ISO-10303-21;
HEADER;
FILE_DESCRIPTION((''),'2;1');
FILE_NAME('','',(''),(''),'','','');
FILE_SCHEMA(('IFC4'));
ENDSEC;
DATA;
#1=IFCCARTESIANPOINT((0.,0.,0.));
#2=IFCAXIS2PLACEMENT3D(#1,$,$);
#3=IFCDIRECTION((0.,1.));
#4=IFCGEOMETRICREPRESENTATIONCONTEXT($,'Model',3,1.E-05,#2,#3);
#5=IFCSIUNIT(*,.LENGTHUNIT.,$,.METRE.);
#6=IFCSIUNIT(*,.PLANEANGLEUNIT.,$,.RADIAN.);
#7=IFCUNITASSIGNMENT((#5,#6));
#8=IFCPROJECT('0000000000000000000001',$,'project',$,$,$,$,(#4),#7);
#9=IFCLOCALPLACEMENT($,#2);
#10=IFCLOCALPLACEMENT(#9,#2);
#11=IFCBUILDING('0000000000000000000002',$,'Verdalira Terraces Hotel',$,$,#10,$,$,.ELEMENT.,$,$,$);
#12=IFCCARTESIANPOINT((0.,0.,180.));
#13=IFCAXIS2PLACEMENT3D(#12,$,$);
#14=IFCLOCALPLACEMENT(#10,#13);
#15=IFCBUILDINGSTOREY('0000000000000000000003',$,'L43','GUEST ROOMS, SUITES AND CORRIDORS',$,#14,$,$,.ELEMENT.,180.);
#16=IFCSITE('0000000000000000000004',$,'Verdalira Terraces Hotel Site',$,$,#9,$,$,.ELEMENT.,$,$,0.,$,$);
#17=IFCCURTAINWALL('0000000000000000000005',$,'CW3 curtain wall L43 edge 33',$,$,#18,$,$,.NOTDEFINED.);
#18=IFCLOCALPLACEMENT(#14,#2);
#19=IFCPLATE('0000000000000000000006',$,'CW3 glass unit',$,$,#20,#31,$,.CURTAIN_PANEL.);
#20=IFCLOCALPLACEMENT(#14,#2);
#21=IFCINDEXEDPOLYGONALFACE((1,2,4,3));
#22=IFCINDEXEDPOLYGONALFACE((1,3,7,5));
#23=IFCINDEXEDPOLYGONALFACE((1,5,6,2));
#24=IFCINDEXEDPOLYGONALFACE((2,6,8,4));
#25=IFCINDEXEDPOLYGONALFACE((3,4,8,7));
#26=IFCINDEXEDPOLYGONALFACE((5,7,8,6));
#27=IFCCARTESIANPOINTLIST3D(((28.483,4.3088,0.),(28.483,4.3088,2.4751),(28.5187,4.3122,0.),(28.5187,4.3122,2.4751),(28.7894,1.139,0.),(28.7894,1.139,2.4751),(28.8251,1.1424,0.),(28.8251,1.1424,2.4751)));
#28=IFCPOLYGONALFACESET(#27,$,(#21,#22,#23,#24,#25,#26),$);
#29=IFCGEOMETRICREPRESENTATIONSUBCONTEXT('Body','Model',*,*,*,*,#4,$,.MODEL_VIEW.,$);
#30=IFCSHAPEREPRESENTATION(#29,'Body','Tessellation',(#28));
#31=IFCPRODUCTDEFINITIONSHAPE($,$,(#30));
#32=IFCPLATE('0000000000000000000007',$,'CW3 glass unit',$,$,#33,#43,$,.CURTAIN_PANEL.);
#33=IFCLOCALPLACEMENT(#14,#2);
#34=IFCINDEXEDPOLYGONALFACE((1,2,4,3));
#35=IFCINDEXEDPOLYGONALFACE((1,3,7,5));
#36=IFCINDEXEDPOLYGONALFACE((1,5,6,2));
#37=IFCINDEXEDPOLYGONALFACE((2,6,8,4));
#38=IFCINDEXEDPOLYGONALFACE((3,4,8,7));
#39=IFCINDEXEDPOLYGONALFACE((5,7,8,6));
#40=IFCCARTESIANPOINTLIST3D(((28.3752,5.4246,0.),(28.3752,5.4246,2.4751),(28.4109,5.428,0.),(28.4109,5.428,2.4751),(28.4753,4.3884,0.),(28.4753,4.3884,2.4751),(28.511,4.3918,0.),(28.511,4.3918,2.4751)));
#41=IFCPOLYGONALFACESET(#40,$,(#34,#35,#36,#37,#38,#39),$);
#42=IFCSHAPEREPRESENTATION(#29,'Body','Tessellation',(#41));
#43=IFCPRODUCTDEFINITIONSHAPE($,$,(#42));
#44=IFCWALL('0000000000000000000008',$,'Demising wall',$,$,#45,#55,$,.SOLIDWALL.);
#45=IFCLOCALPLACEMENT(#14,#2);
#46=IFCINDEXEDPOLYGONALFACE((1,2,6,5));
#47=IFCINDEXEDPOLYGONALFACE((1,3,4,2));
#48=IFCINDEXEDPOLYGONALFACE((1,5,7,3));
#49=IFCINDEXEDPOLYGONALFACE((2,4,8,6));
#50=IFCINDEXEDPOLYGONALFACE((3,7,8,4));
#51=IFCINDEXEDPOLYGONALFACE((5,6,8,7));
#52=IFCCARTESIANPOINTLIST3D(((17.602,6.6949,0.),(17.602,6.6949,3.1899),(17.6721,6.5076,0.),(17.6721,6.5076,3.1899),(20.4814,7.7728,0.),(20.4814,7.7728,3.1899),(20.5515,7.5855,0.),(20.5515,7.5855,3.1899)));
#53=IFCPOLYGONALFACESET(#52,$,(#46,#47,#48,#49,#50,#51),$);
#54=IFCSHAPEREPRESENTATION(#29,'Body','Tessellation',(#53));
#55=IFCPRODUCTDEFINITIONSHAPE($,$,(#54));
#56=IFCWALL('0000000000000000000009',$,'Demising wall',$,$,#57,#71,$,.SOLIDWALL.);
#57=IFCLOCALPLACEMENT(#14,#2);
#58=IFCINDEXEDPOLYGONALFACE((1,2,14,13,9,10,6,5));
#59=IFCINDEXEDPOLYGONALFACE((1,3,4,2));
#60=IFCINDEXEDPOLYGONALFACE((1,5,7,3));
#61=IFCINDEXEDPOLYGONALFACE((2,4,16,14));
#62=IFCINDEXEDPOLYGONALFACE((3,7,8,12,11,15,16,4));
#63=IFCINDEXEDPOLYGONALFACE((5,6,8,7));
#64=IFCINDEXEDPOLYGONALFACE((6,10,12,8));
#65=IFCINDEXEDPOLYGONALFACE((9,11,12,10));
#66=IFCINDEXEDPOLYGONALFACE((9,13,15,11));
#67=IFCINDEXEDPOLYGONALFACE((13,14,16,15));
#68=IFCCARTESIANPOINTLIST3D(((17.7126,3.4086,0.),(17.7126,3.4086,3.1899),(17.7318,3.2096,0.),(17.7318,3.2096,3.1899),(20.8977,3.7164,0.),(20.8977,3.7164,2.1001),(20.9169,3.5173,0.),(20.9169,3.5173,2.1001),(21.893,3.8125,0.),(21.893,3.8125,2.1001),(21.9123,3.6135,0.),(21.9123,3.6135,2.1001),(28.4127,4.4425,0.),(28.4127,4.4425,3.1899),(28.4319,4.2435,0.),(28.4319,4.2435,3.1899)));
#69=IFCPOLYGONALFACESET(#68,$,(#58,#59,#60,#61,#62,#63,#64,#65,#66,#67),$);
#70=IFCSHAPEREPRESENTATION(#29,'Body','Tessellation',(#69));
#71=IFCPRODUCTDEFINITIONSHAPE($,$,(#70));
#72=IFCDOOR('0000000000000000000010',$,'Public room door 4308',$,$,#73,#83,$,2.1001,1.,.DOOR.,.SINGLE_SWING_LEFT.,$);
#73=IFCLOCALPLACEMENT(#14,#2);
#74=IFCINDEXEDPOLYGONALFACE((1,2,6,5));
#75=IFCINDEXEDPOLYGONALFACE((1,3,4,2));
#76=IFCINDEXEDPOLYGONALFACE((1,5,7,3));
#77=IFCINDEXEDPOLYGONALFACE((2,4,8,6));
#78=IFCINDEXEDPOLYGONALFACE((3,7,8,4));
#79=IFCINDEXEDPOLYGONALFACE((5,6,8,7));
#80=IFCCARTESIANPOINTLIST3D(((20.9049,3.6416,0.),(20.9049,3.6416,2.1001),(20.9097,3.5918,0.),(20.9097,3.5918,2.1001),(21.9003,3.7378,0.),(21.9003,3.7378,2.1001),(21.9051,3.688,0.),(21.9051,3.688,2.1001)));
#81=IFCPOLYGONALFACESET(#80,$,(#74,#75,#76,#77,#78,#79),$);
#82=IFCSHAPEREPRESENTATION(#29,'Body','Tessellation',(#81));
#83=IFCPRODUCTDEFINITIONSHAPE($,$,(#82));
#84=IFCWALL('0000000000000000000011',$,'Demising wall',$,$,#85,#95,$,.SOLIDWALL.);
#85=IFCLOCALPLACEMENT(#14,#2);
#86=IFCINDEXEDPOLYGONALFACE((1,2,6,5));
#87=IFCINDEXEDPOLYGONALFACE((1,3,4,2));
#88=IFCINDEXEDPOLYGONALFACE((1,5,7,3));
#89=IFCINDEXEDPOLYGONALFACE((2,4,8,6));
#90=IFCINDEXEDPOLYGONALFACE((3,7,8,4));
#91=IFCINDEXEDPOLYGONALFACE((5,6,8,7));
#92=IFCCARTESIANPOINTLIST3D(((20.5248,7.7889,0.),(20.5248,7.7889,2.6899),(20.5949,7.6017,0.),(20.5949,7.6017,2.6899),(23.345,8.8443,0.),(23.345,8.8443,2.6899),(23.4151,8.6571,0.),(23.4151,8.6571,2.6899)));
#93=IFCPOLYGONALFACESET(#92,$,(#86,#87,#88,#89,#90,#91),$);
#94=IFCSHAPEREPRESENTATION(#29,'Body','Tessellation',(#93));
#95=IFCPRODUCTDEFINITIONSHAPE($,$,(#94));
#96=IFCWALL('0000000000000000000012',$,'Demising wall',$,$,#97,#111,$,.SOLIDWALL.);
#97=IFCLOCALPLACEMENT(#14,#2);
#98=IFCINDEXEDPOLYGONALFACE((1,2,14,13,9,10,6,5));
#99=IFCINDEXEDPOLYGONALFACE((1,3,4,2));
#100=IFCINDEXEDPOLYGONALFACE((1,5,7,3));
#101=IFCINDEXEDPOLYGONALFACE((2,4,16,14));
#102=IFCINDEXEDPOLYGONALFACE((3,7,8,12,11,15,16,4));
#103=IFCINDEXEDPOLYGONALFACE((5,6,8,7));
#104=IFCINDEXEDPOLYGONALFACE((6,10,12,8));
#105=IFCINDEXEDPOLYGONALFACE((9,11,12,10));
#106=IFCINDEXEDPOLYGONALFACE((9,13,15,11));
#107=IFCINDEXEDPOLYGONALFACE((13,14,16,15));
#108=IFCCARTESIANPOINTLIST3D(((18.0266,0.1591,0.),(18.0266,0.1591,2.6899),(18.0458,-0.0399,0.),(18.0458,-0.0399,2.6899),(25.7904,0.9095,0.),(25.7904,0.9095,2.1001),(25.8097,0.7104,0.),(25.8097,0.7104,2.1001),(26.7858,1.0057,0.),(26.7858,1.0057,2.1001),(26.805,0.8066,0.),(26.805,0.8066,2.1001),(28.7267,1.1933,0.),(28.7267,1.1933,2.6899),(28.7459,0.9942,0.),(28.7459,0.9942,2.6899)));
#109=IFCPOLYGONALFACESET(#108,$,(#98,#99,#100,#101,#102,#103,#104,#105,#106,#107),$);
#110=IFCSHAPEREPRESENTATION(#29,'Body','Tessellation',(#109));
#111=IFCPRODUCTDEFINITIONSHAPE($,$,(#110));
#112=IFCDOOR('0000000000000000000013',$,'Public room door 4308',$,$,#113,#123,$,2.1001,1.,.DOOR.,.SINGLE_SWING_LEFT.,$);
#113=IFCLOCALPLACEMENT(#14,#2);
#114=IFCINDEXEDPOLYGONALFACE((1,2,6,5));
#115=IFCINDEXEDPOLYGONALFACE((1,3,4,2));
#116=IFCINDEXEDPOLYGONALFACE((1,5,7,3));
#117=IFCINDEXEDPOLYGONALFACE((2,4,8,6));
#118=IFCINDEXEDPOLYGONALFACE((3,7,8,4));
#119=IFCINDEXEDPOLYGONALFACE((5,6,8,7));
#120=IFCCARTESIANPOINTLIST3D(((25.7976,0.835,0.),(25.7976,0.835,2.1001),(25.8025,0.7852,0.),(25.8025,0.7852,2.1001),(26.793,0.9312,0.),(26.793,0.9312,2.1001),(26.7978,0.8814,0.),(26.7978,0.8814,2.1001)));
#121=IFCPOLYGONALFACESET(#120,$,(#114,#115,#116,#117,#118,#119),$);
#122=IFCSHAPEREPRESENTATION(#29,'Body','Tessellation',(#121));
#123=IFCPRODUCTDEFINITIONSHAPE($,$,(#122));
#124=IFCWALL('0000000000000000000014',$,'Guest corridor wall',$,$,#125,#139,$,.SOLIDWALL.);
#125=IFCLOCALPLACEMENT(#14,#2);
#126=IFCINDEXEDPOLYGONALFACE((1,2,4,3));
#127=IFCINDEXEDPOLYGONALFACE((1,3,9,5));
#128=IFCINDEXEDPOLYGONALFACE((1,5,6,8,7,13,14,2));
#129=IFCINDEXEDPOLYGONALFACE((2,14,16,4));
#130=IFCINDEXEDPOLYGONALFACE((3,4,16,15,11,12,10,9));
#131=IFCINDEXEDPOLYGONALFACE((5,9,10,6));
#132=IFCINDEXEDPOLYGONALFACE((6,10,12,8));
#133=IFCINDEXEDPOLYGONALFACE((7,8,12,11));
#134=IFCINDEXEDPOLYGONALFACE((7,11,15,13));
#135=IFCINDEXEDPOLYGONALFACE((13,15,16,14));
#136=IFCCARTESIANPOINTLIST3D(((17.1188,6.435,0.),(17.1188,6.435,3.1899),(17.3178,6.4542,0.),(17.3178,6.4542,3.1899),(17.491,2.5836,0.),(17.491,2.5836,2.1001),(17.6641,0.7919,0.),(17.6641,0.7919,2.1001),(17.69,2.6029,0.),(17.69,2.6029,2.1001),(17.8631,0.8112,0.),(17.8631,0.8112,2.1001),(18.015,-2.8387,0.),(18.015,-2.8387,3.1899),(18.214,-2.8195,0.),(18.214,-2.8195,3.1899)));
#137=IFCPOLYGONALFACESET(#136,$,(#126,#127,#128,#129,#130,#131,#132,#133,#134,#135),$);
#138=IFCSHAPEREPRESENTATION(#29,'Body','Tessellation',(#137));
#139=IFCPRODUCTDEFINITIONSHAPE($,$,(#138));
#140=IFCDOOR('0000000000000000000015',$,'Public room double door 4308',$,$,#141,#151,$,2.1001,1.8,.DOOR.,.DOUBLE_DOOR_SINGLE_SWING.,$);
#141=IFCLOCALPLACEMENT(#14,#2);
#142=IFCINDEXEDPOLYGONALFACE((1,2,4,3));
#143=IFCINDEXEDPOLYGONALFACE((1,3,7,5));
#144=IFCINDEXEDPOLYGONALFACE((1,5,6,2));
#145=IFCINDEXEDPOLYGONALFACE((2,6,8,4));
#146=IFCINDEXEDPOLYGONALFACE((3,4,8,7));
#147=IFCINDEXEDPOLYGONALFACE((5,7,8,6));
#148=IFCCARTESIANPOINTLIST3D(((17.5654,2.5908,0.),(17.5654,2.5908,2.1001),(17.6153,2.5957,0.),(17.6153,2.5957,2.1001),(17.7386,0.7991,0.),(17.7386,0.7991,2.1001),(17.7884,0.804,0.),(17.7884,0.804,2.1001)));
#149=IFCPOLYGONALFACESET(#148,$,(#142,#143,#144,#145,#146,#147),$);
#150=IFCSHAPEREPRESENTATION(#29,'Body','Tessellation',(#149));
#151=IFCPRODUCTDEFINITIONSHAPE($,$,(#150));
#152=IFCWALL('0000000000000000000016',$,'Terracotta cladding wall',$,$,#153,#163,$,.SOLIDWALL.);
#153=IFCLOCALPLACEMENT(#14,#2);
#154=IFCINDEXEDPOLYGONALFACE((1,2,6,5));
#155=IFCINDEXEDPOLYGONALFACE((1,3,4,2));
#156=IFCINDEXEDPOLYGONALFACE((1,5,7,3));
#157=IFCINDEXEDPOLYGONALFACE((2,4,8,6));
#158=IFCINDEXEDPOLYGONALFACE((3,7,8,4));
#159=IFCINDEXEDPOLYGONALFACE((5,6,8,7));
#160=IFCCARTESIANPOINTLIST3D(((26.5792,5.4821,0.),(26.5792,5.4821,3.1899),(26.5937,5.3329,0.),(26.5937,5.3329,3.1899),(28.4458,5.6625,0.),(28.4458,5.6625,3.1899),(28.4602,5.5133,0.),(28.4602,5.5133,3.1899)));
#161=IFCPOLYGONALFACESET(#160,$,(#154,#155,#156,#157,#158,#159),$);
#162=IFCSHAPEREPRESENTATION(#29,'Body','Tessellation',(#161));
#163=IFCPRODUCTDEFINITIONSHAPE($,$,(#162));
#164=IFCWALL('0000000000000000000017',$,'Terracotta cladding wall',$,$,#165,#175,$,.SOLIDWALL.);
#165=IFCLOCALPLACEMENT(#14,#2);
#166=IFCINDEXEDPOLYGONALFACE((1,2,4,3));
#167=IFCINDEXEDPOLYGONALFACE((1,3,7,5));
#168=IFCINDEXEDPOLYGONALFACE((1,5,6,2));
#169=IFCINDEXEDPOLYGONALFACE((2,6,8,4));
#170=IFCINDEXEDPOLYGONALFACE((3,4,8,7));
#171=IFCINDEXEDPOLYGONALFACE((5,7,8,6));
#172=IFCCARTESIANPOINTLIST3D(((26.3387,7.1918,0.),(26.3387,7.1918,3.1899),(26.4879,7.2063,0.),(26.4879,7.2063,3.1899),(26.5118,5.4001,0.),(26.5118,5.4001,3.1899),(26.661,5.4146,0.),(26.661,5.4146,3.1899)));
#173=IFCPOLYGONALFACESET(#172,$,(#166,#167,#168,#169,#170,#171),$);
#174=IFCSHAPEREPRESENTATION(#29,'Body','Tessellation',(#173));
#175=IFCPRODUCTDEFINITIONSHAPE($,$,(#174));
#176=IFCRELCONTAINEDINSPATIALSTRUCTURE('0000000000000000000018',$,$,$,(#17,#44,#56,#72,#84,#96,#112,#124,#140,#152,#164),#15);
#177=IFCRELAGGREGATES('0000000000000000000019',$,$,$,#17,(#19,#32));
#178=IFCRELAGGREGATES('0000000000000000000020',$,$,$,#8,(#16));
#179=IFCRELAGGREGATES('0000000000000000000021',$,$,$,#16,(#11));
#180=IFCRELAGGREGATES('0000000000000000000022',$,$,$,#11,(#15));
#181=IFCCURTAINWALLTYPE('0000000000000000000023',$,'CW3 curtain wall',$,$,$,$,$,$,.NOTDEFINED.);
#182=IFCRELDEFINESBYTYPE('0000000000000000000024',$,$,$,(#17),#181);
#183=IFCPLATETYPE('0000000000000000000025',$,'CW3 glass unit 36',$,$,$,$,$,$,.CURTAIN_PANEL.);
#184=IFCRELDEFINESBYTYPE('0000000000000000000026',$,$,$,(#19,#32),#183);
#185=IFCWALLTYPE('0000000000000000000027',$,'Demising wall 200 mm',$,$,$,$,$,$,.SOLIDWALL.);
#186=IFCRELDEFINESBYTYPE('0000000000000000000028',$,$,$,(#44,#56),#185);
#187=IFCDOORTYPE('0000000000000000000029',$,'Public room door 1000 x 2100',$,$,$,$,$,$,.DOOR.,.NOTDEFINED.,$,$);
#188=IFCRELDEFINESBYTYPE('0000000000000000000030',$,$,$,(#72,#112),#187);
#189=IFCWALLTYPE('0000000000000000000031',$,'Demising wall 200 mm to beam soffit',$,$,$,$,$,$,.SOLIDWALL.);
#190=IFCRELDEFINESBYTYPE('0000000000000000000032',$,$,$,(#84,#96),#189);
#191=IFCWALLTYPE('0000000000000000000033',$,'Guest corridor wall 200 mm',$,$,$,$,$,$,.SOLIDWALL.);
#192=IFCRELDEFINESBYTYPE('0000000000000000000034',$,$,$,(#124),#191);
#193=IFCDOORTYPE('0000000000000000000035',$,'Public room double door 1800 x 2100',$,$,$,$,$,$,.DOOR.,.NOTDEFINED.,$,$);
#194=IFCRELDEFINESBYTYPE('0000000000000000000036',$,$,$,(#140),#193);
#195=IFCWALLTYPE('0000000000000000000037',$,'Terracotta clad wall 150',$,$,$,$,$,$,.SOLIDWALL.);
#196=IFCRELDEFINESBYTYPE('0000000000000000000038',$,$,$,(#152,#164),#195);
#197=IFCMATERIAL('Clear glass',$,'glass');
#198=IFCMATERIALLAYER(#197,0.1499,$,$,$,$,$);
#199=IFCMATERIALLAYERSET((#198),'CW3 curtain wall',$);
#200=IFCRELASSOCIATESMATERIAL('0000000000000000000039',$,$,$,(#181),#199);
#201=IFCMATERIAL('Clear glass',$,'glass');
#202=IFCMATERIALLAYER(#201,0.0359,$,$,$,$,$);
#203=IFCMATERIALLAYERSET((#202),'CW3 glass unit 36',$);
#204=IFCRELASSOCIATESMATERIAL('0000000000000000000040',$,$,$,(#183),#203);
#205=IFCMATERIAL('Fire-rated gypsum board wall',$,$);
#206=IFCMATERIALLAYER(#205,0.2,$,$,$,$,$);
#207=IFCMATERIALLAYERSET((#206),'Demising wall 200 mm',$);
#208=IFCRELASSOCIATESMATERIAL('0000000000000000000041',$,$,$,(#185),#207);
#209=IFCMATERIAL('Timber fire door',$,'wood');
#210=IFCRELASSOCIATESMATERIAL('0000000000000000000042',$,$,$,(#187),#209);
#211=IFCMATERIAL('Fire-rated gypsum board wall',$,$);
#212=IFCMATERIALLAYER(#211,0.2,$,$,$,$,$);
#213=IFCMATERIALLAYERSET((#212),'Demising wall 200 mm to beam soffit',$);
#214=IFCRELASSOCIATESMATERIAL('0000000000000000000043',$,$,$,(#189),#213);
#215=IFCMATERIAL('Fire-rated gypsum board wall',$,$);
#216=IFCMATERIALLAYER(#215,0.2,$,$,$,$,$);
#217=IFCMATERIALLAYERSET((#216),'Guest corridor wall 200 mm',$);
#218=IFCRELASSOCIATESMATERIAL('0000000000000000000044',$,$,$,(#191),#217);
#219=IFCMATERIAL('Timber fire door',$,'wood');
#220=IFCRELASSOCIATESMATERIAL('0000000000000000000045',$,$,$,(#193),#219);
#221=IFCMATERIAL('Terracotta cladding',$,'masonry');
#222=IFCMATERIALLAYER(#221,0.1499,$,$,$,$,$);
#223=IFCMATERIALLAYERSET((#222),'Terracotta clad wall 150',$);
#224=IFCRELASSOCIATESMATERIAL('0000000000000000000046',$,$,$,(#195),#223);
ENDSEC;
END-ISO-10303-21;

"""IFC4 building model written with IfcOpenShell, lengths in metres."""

from ifc_helpers import new_model, si_unit, direction, frame, frame_2d, origin, origin_2d, place, context, subcontext, project, spatial, rectangle, extrude, material, layer, layer_set, type_object, element, fill, aggregate, save


model = new_model("IFC4")

# Units and contexts
model_context = context("Model", 3, precision=1e-05, world=origin(), true_north=direction((0.0, 1.0)))
body_context = subcontext(model_context, "Body", "Model", "MODEL_VIEW")
ifc_project = project(units=[si_unit("LENGTHUNIT", "METRE"), si_unit("PLANEANGLEUNIT", "RADIAN")], contexts=[model_context])

# Site, building, storey
site_placement = place(None, origin())
site = spatial("IfcSite", under=ifc_project, at=site_placement, Name="Verdalira Terraces Hotel Site", CompositionType="ELEMENT", RefElevation=0.0)
building_placement = place(site_placement, origin())
building = spatial("IfcBuilding", under=site, at=building_placement, Name="Verdalira Terraces Hotel", CompositionType="ELEMENT")
storey_placement = place(building_placement, frame((0.0, 0.0, 180.0)))
storey = spatial("IfcBuildingStorey", under=building, at=storey_placement, Name="L43", Description="GUEST ROOMS, SUITES AND CORRIDORS", CompositionType="ELEMENT", Elevation=180.0)

# Curtain wall
ifc_material_1 = material(Name="Clear glass", Category="glass")
ifc_layer_1 = layer(ifc_material_1, 0.1499)
ifc_layer_set_1 = layer_set([ifc_layer_1], Name="CW3 curtain wall")
curtain_wall_type_1 = type_object("IfcCurtainWallType", Name="CW3 curtain wall", PredefinedType="NOTDEFINED", material=ifc_layer_set_1)
curtain_wall_1_placement = place(storey_placement, origin())
curtain_wall_1 = element("IfcCurtainWall", 1, at=curtain_wall_1_placement, inside=storey, type_object=curtain_wall_type_1, Name="CW3 curtain wall L43 edge 33", PredefinedType="NOTDEFINED")

# Plates
ifc_material_2 = material(Name="Clear glass", Category="glass")
ifc_layer_2 = layer(ifc_material_2, 0.0359)
ifc_layer_set_2 = layer_set([ifc_layer_2], Name="CW3 glass unit 36")
plate_type_1 = type_object("IfcPlateType", Name="CW3 glass unit 36", PredefinedType="CURTAIN_PANEL", material=ifc_layer_set_2)
plate_1_placement = place(storey_placement, frame((28.6541, 2.7256, 0.0), z_axis=(0.0, 0.0, 1.0), x_axis=(-0.096193, 0.995363, 0.0)))
plate_1 = element("IfcPlate", 2, at=plate_1_placement, type_object=plate_type_1, Name="CW3 glass unit", PredefinedType="CURTAIN_PANEL", context=body_context, shape_type="SweptSolid", body=[
    extrude(rectangle(XDim=3.1846, YDim=0.0359, at=origin_2d()), origin(), (0.0, 0.0, 1.0), 2.4751),
])
plate_2_placement = place(storey_placement, frame((28.4431, 4.9082, 0.0), z_axis=(0.0, 0.0, 1.0), x_axis=(-0.096193, 0.995363, 0.0)))
plate_2 = element("IfcPlate", 3, at=plate_2_placement, type_object=plate_type_1, Name="CW3 glass unit", PredefinedType="CURTAIN_PANEL", context=body_context, shape_type="SweptSolid", body=[
    extrude(rectangle(XDim=1.041, YDim=0.0359, at=origin_2d()), origin(), (0.0, 0.0, 1.0), 2.4751),
])
aggregate(curtain_wall_1, [plate_1, plate_2])

# Wall
ifc_material_3 = material(Name="Fire-rated gypsum board wall")
ifc_layer_3 = layer(ifc_material_3, 0.2)
ifc_layer_set_3 = layer_set([ifc_layer_3], Name="Demising wall 200 mm")
wall_type_1 = type_object("IfcWallType", Name="Demising wall 200 mm", PredefinedType="SOLIDWALL", material=ifc_layer_set_3)
wall_1_placement = place(storey_placement, frame((17.6372, 6.6013, 0.0), z_axis=(0.0, 0.0, 1.0), x_axis=(0.936531, 0.350584, 0.0)))
element("IfcWall", 4, at=wall_1_placement, inside=storey, type_object=wall_type_1, Name="Demising wall", PredefinedType="SOLIDWALL", context=body_context, shape_type="SweptSolid", body=[
    extrude(rectangle(XDim=3.0745, YDim=0.2, at=frame_2d((1.5371, 0.0))), origin(), (0.0, 0.0, 1.0), 3.1899),
])

# Wall, opening, door
wall_2_placement = place(storey_placement, frame((17.7222, 3.3091, 0.0), z_axis=(0.0, 0.0, 1.0), x_axis=(0.995364, 0.09618, 0.0)))
wall_2 = element("IfcWall", 5, at=wall_2_placement, inside=storey, type_object=wall_type_1, Name="Demising wall", PredefinedType="SOLIDWALL", context=body_context, shape_type="SweptSolid", body=[
    extrude(rectangle(XDim=10.75, YDim=0.2, at=frame_2d((5.375, 0.0))), origin(), (0.0, 0.0, 1.0), 3.1899),
])
opening_1_placement = place(wall_2_placement, frame((3.2, 0.0, 0.0)))
opening_1 = element("IfcOpeningElement", 6, at=opening_1_placement, cuts=wall_2, PredefinedType="OPENING", context=body_context, shape_type="SweptSolid", body=[
    extrude(rectangle(XDim=1.0, YDim=2.1001, at=frame_2d((0.5, 1.05))), frame((0.0, 0.1099, 0.0), z_axis=(0.0, -1.0, 0.0), x_axis=(1.0, 0.0, 0.0)), (0.0, 0.0, 1.0), 0.22),
])
ifc_material_4 = material(Name="Timber fire door", Category="wood")
door_type_1 = type_object("IfcDoorType", Name="Public room door 1000 x 2100", OperationType="NOTDEFINED", PredefinedType="DOOR", material=ifc_material_4)
door_1_placement = place(opening_1_placement, origin())
door_1 = element("IfcDoor", 7, at=door_1_placement, inside=storey, type_object=door_type_1, Name="Public room door 4308", OperationType="SINGLE_SWING_LEFT", OverallHeight=2.1001, OverallWidth=1.0, PredefinedType="DOOR", context=body_context, shape_type="SweptSolid", body=[
    extrude(rectangle(XDim=1.0, YDim=2.1001, at=frame_2d((0.5, 1.05))), frame((0.0, 0.0249, 0.0), z_axis=(0.0, -1.0, 0.0), x_axis=(1.0, 0.0, 0.0)), (0.0, 0.0, 1.0), 0.05),
])
fill(opening_1, door_1)

# Wall
ifc_material_5 = material(Name="Fire-rated gypsum board wall")
ifc_layer_4 = layer(ifc_material_5, 0.2)
ifc_layer_set_4 = layer_set([ifc_layer_4], Name="Demising wall 200 mm to beam soffit")
wall_type_2 = type_object("IfcWallType", Name="Demising wall 200 mm to beam soffit", PredefinedType="SOLIDWALL", material=ifc_layer_set_4)
wall_3_placement = place(storey_placement, frame((20.5598, 7.6953, 0.0), z_axis=(0.0, 0.0, 1.0), x_axis=(0.936569, 0.350484, 0.0)))
element("IfcWall", 8, at=wall_3_placement, inside=storey, type_object=wall_type_2, Name="Demising wall", PredefinedType="SOLIDWALL", context=body_context, shape_type="SweptSolid", body=[
    extrude(rectangle(XDim=3.0112, YDim=0.2, at=frame_2d((1.5056, 0.0))), origin(), (0.0, 0.0, 1.0), 2.6899),
])

# Walls, openings, doors
wall_4_placement = place(storey_placement, frame((28.7363, 1.0938, 0.0), z_axis=(0.0, 0.0, 1.0), x_axis=(-0.995362, -0.096202, 0.0)))
wall_4 = element("IfcWall", 9, at=wall_4_placement, inside=storey, type_object=wall_type_2, Name="Demising wall", PredefinedType="SOLIDWALL", context=body_context, shape_type="SweptSolid", body=[
    extrude(rectangle(XDim=10.75, YDim=0.2, at=frame_2d((5.375, 0.0))), origin(), (0.0, 0.0, 1.0), 2.6899),
])
opening_2_placement = place(wall_4_placement, frame((1.95, 0.0, 0.0)))
opening_2 = element("IfcOpeningElement", 10, at=opening_2_placement, cuts=wall_4, PredefinedType="OPENING", context=body_context, shape_type="SweptSolid", body=[
    extrude(rectangle(XDim=1.0, YDim=2.1001, at=frame_2d((0.5, 1.05))), frame((0.0, 0.1099, 0.0), z_axis=(0.0, -1.0, 0.0), x_axis=(1.0, 0.0, 0.0)), (0.0, 0.0, 1.0), 0.22),
])
door_2_placement = place(opening_2_placement, origin())
door_2 = element("IfcDoor", 11, at=door_2_placement, inside=storey, type_object=door_type_1, Name="Public room door 4308", OperationType="SINGLE_SWING_LEFT", OverallHeight=2.1001, OverallWidth=1.0, PredefinedType="DOOR", context=body_context, shape_type="SweptSolid", body=[
    extrude(rectangle(XDim=1.0, YDim=2.1001, at=frame_2d((0.5, 1.05))), frame((0.0, 0.0249, 0.0), z_axis=(0.0, -1.0, 0.0), x_axis=(1.0, 0.0, 0.0)), (0.0, 0.0, 1.0), 0.05),
])
fill(opening_2, door_2)
ifc_material_6 = material(Name="Fire-rated gypsum board wall")
ifc_layer_5 = layer(ifc_material_6, 0.2)
ifc_layer_set_5 = layer_set([ifc_layer_5], Name="Guest corridor wall 200 mm")
wall_type_3 = type_object("IfcWallType", Name="Guest corridor wall 200 mm", PredefinedType="SOLIDWALL", material=ifc_layer_set_5)
wall_5_placement = place(storey_placement, frame((17.2183, 6.4446, 0.0), z_axis=(0.0, 0.0, 1.0), x_axis=(0.096195, -0.995362, 0.0)))
wall_5 = element("IfcWall", 12, at=wall_5_placement, inside=storey, type_object=wall_type_3, Name="Guest corridor wall", PredefinedType="SOLIDWALL", context=body_context, shape_type="SweptSolid", body=[
    extrude(rectangle(XDim=9.3169, YDim=0.2, at=frame_2d((4.6584, 0.0))), origin(), (0.0, 0.0, 1.0), 3.1899),
])
opening_3_placement = place(wall_5_placement, frame((3.8694, 0.0, 0.0)))
opening_3 = element("IfcOpeningElement", 13, at=opening_3_placement, cuts=wall_5, PredefinedType="OPENING", context=body_context, shape_type="SweptSolid", body=[
    extrude(rectangle(XDim=1.8, YDim=2.1001, at=frame_2d((0.8999, 1.05))), frame((0.0, 0.1099, 0.0), z_axis=(0.0, -1.0, 0.0), x_axis=(1.0, 0.0, 0.0)), (0.0, 0.0, 1.0), 0.22),
])
ifc_material_7 = material(Name="Timber fire door", Category="wood")
door_type_2 = type_object("IfcDoorType", Name="Public room double door 1800 x 2100", OperationType="NOTDEFINED", PredefinedType="DOOR", material=ifc_material_7)
door_3_placement = place(opening_3_placement, origin())
door_3 = element("IfcDoor", 14, at=door_3_placement, inside=storey, type_object=door_type_2, Name="Public room double door 4308", OperationType="DOUBLE_DOOR_SINGLE_SWING", OverallHeight=2.1001, OverallWidth=1.8, PredefinedType="DOOR", context=body_context, shape_type="SweptSolid", body=[
    extrude(rectangle(XDim=1.8, YDim=2.1001, at=frame_2d((0.8999, 1.05))), frame((0.0, 0.0249, 0.0), z_axis=(0.0, -1.0, 0.0), x_axis=(1.0, 0.0, 0.0)), (0.0, 0.0, 1.0), 0.05),
])
fill(opening_3, door_3)

# Walls
ifc_material_8 = material(Name="Terracotta cladding", Category="masonry")
ifc_layer_6 = layer(ifc_material_8, 0.1499)
ifc_layer_set_6 = layer_set([ifc_layer_6], Name="Terracotta clad wall 150")
wall_type_4 = type_object("IfcWallType", Name="Terracotta clad wall 150", PredefinedType="SOLIDWALL", material=ifc_layer_set_6)
wall_6_placement = place(storey_placement, frame((28.4529, 5.5879, 0.0), z_axis=(0.0, 0.0, 1.0), x_axis=(-0.99536, -0.096216, 0.0)))
element("IfcWall", 15, at=wall_6_placement, inside=storey, type_object=wall_type_4, Name="Terracotta cladding wall", PredefinedType="SOLIDWALL", context=body_context, shape_type="SweptSolid", body=[
    extrude(rectangle(XDim=1.8752, YDim=0.1499, at=frame_2d((0.9375, 0.0))), origin(), (0.0, 0.0, 1.0), 3.1899),
])
wall_7_placement = place(storey_placement, frame((26.5864, 5.4075, 0.0), z_axis=(0.0, 0.0, 1.0), x_axis=(-0.096159, 0.995366, 0.0)))
element("IfcWall", 16, at=wall_7_placement, inside=storey, type_object=wall_type_4, Name="Terracotta cladding wall", PredefinedType="SOLIDWALL", context=body_context, shape_type="SweptSolid", body=[
    extrude(rectangle(XDim=1.8, YDim=0.1499, at=frame_2d((0.8999, 0.0))), origin(), (0.0, 0.0, 1.0), 3.1899),
])

save(model, "model.ifc")
